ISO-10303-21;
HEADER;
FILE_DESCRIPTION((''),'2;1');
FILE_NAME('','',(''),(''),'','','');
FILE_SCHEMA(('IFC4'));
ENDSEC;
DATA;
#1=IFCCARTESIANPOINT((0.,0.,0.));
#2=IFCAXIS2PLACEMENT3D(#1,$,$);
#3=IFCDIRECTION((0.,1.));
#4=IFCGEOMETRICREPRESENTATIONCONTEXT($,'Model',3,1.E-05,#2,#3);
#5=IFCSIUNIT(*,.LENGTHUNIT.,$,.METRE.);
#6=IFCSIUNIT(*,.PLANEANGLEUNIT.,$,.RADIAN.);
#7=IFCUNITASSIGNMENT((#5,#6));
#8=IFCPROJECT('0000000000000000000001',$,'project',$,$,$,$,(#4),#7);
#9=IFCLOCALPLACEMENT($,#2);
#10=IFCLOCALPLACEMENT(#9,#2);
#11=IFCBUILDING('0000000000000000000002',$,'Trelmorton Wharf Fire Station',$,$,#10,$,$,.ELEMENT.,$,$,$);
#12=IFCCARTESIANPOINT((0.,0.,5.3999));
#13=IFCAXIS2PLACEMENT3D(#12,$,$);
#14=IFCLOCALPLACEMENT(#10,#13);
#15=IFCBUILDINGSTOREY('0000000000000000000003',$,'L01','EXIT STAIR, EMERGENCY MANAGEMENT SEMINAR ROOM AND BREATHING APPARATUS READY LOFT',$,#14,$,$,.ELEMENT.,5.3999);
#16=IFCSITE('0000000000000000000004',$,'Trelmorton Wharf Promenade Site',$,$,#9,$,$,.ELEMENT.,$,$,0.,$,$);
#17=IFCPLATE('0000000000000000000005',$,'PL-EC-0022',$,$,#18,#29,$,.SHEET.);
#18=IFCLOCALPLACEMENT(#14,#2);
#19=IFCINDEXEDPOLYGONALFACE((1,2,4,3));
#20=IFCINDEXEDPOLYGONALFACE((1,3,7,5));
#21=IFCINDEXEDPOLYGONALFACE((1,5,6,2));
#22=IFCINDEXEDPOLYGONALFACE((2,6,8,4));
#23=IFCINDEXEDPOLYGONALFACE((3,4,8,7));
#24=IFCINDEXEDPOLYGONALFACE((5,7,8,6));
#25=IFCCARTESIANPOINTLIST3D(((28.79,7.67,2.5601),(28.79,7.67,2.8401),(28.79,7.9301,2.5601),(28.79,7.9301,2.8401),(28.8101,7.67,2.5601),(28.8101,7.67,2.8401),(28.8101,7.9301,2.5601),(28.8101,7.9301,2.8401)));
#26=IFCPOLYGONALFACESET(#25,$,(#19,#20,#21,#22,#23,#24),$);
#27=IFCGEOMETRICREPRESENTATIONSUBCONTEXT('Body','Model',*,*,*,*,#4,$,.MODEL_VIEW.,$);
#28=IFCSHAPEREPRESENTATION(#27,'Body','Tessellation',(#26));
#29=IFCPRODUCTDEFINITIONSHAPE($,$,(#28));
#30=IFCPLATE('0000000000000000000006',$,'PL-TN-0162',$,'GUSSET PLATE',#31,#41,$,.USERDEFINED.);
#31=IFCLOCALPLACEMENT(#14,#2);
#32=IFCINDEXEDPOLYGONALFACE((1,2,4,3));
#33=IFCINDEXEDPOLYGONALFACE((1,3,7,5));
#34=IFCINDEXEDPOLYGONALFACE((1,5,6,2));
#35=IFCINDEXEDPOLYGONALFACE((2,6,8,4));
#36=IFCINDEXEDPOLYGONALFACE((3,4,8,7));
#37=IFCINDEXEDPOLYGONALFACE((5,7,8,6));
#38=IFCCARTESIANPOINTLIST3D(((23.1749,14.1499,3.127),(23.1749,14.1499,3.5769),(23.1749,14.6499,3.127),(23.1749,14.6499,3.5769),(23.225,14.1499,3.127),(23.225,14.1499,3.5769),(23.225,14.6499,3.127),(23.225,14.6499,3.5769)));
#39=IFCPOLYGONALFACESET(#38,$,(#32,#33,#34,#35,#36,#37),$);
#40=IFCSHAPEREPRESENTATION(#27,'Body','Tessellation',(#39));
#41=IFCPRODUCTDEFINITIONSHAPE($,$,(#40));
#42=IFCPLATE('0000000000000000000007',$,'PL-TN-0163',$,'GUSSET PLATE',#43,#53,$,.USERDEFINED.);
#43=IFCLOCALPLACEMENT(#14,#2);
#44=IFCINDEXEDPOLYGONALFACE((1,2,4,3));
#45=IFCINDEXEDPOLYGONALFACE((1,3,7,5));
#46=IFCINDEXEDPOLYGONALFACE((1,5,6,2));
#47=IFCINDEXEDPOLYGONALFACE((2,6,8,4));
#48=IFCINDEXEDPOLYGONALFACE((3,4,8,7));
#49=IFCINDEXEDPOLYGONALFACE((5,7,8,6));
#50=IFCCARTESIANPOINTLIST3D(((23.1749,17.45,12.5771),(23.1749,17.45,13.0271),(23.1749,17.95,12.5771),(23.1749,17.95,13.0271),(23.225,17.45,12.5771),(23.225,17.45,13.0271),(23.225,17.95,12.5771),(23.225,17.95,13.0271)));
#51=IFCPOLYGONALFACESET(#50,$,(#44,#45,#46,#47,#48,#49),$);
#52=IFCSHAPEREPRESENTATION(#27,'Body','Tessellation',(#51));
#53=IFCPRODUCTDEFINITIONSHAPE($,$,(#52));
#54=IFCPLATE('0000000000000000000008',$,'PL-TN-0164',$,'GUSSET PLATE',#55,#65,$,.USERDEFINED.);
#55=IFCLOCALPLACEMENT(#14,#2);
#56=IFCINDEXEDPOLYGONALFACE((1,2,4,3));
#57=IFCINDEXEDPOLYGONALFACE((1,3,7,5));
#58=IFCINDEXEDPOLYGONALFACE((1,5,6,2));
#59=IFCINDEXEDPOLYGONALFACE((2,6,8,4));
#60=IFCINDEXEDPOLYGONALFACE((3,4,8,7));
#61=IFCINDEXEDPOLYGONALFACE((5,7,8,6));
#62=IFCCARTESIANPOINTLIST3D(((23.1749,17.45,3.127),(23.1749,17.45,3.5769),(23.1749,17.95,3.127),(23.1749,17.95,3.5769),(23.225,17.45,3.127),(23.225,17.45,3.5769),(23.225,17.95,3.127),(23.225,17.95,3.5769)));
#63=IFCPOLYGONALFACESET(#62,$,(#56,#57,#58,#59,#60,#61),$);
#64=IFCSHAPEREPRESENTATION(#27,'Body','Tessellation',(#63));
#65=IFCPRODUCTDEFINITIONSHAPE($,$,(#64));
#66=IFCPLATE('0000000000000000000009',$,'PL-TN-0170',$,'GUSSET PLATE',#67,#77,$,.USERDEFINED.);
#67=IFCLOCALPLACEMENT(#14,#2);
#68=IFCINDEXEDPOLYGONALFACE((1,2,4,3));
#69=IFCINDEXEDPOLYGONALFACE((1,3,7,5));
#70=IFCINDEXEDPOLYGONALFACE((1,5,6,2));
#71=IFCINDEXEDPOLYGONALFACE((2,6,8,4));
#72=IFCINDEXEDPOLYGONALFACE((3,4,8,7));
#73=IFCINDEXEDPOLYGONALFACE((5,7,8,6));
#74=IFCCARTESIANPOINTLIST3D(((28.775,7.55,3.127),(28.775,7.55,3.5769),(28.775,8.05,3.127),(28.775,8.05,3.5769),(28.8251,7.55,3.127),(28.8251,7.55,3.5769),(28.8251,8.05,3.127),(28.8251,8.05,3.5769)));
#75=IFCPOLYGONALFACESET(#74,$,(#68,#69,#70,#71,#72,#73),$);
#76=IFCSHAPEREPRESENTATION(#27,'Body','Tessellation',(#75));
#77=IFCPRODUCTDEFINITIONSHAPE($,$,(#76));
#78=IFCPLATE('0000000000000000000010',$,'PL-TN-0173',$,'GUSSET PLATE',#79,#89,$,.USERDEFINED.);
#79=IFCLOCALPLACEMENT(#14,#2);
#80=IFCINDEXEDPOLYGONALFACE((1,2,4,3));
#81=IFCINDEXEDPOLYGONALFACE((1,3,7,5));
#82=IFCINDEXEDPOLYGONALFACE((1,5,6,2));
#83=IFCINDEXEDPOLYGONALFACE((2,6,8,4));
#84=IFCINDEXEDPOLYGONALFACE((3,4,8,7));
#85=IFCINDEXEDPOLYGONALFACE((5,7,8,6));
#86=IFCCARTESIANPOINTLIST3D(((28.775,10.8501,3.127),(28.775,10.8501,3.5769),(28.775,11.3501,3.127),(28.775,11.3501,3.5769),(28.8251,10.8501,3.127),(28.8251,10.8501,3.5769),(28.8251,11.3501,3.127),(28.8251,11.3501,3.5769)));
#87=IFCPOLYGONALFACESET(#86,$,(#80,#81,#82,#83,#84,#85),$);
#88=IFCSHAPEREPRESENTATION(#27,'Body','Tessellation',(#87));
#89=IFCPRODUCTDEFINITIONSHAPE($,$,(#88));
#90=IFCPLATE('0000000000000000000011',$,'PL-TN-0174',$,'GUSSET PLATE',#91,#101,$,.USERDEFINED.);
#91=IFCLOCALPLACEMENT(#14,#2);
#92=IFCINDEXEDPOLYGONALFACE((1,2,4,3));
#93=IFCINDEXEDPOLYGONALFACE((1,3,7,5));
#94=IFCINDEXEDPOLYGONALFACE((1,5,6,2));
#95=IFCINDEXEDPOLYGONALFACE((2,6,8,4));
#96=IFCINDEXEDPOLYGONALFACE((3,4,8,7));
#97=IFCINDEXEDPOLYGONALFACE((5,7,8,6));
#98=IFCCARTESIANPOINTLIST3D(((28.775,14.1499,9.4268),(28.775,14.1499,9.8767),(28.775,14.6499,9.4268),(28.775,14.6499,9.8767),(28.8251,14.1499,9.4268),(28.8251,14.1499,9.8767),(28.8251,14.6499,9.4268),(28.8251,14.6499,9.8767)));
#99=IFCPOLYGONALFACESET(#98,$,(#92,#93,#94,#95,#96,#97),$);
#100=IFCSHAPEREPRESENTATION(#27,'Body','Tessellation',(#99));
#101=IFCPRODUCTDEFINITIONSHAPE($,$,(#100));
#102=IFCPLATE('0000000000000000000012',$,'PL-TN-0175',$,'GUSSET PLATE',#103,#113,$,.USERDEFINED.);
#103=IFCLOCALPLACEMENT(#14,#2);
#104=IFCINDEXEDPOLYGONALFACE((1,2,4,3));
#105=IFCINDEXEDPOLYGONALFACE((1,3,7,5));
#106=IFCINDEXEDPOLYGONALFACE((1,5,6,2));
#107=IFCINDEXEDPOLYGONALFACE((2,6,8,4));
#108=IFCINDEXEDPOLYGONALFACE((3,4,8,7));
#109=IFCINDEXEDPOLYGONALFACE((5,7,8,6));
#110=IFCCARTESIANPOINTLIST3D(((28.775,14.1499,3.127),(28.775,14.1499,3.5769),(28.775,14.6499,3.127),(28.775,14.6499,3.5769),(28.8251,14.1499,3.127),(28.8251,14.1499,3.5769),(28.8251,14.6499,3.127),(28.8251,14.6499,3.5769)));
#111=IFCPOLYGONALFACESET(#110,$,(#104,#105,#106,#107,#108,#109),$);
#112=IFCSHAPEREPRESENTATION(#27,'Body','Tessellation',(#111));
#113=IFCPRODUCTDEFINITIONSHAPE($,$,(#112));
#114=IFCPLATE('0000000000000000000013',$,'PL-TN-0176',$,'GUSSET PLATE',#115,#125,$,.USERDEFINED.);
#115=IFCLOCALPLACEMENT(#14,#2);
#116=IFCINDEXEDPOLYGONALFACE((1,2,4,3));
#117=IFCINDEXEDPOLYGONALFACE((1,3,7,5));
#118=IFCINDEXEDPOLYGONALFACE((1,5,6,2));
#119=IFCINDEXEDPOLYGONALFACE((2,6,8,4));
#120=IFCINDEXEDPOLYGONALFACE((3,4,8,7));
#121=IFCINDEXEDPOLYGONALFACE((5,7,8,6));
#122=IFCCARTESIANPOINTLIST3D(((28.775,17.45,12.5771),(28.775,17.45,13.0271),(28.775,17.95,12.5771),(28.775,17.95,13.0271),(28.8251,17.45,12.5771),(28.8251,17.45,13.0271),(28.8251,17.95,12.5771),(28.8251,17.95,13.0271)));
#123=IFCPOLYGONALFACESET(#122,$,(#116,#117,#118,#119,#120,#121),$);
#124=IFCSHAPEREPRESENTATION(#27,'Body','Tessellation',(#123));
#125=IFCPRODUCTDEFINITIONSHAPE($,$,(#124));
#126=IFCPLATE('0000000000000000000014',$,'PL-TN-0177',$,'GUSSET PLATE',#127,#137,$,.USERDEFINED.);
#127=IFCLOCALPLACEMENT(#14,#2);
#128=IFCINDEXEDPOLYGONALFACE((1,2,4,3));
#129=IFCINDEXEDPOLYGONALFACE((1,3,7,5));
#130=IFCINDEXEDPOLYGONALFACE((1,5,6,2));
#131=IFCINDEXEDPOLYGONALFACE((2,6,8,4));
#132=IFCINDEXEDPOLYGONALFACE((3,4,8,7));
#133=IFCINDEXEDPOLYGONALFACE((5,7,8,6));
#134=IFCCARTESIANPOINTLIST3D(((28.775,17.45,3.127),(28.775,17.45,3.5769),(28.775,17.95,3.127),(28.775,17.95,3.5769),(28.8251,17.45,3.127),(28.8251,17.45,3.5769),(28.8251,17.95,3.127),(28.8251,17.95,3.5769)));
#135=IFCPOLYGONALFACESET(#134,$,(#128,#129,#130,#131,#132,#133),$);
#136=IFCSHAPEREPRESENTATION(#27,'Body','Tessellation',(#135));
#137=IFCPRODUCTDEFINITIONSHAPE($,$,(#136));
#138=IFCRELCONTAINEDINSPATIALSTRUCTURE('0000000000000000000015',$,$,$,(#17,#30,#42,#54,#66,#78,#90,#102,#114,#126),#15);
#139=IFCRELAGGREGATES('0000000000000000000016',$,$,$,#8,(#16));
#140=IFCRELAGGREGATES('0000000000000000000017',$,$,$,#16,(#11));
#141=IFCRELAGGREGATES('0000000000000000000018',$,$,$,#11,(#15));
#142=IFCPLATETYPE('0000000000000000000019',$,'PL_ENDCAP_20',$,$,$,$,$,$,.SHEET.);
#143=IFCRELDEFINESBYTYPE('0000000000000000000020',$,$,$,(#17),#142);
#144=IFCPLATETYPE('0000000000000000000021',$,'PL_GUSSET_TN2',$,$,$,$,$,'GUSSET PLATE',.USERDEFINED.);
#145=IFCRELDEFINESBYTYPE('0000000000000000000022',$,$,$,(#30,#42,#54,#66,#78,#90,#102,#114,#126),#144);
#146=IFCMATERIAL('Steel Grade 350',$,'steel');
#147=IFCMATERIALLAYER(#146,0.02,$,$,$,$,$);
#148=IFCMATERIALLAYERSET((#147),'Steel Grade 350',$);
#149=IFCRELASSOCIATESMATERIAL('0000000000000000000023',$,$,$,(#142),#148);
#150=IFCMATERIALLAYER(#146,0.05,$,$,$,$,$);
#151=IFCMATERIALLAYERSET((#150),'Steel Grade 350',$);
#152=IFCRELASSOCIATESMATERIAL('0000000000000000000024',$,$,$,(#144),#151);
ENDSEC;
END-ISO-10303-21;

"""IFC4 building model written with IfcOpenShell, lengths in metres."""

from ifc_helpers import new_model, si_unit, direction, frame, origin, origin_2d, place, context, subcontext, project, spatial, rectangle, extrude, material, layer, layer_set, type_object, element, save


model = new_model("IFC4")

# Units and contexts
model_context = context("Model", 3, precision=1e-05, world=origin(), true_north=direction((0.0, 1.0)))
body_context = subcontext(model_context, "Body", "Model", "MODEL_VIEW")
ifc_project = project(units=[si_unit("LENGTHUNIT", "METRE"), si_unit("PLANEANGLEUNIT", "RADIAN")], contexts=[model_context])

# Site, building, storey
site_placement = place(None, origin())
site = spatial("IfcSite", under=ifc_project, at=site_placement, Name="Trelmorton Wharf Promenade Site", CompositionType="ELEMENT", RefElevation=0.0)
building_placement = place(site_placement, origin())
building = spatial("IfcBuilding", under=site, at=building_placement, Name="Trelmorton Wharf Fire Station", CompositionType="ELEMENT")
storey_placement = place(building_placement, frame((0.0, 0.0, 5.3999)))
storey = spatial("IfcBuildingStorey", under=building, at=storey_placement, Name="L01", Description="EXIT STAIR, EMERGENCY MANAGEMENT SEMINAR ROOM AND BREATHING APPARATUS READY LOFT", CompositionType="ELEMENT", Elevation=5.3999)

# Shared definitions
ifc_material_1 = material(Name="Steel Grade 350", Category="steel")

# Plates
ifc_layer_1 = layer(ifc_material_1, 0.02)
ifc_layer_set_1 = layer_set([ifc_layer_1], Name="Steel Grade 350")
plate_type_1 = type_object("IfcPlateType", Name="PL_ENDCAP_20", PredefinedType="SHEET", material=ifc_layer_set_1)
plate_placement = place(storey_placement, frame((28.8, 7.8, 2.5601), z_axis=(0.0, 0.0, 1.0), x_axis=(1.0, 0.0, 0.0)))
element("IfcPlate", 1, at=plate_placement, inside=storey, type_object=plate_type_1, Name="PL-EC-0022", PredefinedType="SHEET", context=body_context, shape_type="SweptSolid", body=[
    extrude(rectangle(XDim=0.02, YDim=0.26, at=origin_2d()), origin(), (0.0, 0.0, 1.0), 0.28),
])
ifc_layer_2 = layer(ifc_material_1, 0.05)
ifc_layer_set_2 = layer_set([ifc_layer_2], Name="Steel Grade 350")
plate_type_2 = type_object("IfcPlateType", Name="PL_GUSSET_TN2", ElementType="GUSSET PLATE", PredefinedType="USERDEFINED", material=ifc_layer_set_2)
for number, where, z_axis, x_axis, name in (
    (2, (23.2, 14.3999, 3.127), (0.0, 0.0, 1.0), (1.0, 0.0, 0.0), "PL-TN-0162"),
    (3, (23.2, 17.7, 12.5771), (0.0, 0.0, 1.0), (1.0, 0.0, 0.0), "PL-TN-0163"),
    (4, (23.2, 17.7, 3.127), (0.0, 0.0, 1.0), (1.0, 0.0, 0.0), "PL-TN-0164"),
    (5, (28.8, 7.8, 3.127), (0.0, 0.0, 1.0), (1.0, 0.0, 0.0), "PL-TN-0170"),
    (6, (28.8, 11.1001, 3.127), (0.0, 0.0, 1.0), (1.0, 0.0, 0.0), "PL-TN-0173"),
    (7, (28.8, 14.3999, 9.4268), (0.0, 0.0, 1.0), (1.0, 0.0, 0.0), "PL-TN-0174"),
    (8, (28.8, 14.3999, 3.127), (0.0, 0.0, 1.0), (1.0, 0.0, 0.0), "PL-TN-0175"),
    (9, (28.8, 17.7, 12.5771), (0.0, 0.0, 1.0), (1.0, 0.0, 0.0), "PL-TN-0176"),
    (10, (28.8, 17.7, 3.127), (0.0, 0.0, 1.0), (1.0, 0.0, 0.0), "PL-TN-0177"),
):
    element("IfcPlate", number, at=place(storey_placement, frame(where, z_axis=z_axis, x_axis=x_axis)), inside=storey, type_object=plate_type_2, Name=name, ObjectType="GUSSET PLATE", PredefinedType="USERDEFINED", context=body_context, shape_type="SweptSolid", body=[
        extrude(rectangle(XDim=0.05, YDim=0.5, at=origin_2d()), origin(), (0.0, 0.0, 1.0), 0.45),
    ])

save(model, "model.ifc")
